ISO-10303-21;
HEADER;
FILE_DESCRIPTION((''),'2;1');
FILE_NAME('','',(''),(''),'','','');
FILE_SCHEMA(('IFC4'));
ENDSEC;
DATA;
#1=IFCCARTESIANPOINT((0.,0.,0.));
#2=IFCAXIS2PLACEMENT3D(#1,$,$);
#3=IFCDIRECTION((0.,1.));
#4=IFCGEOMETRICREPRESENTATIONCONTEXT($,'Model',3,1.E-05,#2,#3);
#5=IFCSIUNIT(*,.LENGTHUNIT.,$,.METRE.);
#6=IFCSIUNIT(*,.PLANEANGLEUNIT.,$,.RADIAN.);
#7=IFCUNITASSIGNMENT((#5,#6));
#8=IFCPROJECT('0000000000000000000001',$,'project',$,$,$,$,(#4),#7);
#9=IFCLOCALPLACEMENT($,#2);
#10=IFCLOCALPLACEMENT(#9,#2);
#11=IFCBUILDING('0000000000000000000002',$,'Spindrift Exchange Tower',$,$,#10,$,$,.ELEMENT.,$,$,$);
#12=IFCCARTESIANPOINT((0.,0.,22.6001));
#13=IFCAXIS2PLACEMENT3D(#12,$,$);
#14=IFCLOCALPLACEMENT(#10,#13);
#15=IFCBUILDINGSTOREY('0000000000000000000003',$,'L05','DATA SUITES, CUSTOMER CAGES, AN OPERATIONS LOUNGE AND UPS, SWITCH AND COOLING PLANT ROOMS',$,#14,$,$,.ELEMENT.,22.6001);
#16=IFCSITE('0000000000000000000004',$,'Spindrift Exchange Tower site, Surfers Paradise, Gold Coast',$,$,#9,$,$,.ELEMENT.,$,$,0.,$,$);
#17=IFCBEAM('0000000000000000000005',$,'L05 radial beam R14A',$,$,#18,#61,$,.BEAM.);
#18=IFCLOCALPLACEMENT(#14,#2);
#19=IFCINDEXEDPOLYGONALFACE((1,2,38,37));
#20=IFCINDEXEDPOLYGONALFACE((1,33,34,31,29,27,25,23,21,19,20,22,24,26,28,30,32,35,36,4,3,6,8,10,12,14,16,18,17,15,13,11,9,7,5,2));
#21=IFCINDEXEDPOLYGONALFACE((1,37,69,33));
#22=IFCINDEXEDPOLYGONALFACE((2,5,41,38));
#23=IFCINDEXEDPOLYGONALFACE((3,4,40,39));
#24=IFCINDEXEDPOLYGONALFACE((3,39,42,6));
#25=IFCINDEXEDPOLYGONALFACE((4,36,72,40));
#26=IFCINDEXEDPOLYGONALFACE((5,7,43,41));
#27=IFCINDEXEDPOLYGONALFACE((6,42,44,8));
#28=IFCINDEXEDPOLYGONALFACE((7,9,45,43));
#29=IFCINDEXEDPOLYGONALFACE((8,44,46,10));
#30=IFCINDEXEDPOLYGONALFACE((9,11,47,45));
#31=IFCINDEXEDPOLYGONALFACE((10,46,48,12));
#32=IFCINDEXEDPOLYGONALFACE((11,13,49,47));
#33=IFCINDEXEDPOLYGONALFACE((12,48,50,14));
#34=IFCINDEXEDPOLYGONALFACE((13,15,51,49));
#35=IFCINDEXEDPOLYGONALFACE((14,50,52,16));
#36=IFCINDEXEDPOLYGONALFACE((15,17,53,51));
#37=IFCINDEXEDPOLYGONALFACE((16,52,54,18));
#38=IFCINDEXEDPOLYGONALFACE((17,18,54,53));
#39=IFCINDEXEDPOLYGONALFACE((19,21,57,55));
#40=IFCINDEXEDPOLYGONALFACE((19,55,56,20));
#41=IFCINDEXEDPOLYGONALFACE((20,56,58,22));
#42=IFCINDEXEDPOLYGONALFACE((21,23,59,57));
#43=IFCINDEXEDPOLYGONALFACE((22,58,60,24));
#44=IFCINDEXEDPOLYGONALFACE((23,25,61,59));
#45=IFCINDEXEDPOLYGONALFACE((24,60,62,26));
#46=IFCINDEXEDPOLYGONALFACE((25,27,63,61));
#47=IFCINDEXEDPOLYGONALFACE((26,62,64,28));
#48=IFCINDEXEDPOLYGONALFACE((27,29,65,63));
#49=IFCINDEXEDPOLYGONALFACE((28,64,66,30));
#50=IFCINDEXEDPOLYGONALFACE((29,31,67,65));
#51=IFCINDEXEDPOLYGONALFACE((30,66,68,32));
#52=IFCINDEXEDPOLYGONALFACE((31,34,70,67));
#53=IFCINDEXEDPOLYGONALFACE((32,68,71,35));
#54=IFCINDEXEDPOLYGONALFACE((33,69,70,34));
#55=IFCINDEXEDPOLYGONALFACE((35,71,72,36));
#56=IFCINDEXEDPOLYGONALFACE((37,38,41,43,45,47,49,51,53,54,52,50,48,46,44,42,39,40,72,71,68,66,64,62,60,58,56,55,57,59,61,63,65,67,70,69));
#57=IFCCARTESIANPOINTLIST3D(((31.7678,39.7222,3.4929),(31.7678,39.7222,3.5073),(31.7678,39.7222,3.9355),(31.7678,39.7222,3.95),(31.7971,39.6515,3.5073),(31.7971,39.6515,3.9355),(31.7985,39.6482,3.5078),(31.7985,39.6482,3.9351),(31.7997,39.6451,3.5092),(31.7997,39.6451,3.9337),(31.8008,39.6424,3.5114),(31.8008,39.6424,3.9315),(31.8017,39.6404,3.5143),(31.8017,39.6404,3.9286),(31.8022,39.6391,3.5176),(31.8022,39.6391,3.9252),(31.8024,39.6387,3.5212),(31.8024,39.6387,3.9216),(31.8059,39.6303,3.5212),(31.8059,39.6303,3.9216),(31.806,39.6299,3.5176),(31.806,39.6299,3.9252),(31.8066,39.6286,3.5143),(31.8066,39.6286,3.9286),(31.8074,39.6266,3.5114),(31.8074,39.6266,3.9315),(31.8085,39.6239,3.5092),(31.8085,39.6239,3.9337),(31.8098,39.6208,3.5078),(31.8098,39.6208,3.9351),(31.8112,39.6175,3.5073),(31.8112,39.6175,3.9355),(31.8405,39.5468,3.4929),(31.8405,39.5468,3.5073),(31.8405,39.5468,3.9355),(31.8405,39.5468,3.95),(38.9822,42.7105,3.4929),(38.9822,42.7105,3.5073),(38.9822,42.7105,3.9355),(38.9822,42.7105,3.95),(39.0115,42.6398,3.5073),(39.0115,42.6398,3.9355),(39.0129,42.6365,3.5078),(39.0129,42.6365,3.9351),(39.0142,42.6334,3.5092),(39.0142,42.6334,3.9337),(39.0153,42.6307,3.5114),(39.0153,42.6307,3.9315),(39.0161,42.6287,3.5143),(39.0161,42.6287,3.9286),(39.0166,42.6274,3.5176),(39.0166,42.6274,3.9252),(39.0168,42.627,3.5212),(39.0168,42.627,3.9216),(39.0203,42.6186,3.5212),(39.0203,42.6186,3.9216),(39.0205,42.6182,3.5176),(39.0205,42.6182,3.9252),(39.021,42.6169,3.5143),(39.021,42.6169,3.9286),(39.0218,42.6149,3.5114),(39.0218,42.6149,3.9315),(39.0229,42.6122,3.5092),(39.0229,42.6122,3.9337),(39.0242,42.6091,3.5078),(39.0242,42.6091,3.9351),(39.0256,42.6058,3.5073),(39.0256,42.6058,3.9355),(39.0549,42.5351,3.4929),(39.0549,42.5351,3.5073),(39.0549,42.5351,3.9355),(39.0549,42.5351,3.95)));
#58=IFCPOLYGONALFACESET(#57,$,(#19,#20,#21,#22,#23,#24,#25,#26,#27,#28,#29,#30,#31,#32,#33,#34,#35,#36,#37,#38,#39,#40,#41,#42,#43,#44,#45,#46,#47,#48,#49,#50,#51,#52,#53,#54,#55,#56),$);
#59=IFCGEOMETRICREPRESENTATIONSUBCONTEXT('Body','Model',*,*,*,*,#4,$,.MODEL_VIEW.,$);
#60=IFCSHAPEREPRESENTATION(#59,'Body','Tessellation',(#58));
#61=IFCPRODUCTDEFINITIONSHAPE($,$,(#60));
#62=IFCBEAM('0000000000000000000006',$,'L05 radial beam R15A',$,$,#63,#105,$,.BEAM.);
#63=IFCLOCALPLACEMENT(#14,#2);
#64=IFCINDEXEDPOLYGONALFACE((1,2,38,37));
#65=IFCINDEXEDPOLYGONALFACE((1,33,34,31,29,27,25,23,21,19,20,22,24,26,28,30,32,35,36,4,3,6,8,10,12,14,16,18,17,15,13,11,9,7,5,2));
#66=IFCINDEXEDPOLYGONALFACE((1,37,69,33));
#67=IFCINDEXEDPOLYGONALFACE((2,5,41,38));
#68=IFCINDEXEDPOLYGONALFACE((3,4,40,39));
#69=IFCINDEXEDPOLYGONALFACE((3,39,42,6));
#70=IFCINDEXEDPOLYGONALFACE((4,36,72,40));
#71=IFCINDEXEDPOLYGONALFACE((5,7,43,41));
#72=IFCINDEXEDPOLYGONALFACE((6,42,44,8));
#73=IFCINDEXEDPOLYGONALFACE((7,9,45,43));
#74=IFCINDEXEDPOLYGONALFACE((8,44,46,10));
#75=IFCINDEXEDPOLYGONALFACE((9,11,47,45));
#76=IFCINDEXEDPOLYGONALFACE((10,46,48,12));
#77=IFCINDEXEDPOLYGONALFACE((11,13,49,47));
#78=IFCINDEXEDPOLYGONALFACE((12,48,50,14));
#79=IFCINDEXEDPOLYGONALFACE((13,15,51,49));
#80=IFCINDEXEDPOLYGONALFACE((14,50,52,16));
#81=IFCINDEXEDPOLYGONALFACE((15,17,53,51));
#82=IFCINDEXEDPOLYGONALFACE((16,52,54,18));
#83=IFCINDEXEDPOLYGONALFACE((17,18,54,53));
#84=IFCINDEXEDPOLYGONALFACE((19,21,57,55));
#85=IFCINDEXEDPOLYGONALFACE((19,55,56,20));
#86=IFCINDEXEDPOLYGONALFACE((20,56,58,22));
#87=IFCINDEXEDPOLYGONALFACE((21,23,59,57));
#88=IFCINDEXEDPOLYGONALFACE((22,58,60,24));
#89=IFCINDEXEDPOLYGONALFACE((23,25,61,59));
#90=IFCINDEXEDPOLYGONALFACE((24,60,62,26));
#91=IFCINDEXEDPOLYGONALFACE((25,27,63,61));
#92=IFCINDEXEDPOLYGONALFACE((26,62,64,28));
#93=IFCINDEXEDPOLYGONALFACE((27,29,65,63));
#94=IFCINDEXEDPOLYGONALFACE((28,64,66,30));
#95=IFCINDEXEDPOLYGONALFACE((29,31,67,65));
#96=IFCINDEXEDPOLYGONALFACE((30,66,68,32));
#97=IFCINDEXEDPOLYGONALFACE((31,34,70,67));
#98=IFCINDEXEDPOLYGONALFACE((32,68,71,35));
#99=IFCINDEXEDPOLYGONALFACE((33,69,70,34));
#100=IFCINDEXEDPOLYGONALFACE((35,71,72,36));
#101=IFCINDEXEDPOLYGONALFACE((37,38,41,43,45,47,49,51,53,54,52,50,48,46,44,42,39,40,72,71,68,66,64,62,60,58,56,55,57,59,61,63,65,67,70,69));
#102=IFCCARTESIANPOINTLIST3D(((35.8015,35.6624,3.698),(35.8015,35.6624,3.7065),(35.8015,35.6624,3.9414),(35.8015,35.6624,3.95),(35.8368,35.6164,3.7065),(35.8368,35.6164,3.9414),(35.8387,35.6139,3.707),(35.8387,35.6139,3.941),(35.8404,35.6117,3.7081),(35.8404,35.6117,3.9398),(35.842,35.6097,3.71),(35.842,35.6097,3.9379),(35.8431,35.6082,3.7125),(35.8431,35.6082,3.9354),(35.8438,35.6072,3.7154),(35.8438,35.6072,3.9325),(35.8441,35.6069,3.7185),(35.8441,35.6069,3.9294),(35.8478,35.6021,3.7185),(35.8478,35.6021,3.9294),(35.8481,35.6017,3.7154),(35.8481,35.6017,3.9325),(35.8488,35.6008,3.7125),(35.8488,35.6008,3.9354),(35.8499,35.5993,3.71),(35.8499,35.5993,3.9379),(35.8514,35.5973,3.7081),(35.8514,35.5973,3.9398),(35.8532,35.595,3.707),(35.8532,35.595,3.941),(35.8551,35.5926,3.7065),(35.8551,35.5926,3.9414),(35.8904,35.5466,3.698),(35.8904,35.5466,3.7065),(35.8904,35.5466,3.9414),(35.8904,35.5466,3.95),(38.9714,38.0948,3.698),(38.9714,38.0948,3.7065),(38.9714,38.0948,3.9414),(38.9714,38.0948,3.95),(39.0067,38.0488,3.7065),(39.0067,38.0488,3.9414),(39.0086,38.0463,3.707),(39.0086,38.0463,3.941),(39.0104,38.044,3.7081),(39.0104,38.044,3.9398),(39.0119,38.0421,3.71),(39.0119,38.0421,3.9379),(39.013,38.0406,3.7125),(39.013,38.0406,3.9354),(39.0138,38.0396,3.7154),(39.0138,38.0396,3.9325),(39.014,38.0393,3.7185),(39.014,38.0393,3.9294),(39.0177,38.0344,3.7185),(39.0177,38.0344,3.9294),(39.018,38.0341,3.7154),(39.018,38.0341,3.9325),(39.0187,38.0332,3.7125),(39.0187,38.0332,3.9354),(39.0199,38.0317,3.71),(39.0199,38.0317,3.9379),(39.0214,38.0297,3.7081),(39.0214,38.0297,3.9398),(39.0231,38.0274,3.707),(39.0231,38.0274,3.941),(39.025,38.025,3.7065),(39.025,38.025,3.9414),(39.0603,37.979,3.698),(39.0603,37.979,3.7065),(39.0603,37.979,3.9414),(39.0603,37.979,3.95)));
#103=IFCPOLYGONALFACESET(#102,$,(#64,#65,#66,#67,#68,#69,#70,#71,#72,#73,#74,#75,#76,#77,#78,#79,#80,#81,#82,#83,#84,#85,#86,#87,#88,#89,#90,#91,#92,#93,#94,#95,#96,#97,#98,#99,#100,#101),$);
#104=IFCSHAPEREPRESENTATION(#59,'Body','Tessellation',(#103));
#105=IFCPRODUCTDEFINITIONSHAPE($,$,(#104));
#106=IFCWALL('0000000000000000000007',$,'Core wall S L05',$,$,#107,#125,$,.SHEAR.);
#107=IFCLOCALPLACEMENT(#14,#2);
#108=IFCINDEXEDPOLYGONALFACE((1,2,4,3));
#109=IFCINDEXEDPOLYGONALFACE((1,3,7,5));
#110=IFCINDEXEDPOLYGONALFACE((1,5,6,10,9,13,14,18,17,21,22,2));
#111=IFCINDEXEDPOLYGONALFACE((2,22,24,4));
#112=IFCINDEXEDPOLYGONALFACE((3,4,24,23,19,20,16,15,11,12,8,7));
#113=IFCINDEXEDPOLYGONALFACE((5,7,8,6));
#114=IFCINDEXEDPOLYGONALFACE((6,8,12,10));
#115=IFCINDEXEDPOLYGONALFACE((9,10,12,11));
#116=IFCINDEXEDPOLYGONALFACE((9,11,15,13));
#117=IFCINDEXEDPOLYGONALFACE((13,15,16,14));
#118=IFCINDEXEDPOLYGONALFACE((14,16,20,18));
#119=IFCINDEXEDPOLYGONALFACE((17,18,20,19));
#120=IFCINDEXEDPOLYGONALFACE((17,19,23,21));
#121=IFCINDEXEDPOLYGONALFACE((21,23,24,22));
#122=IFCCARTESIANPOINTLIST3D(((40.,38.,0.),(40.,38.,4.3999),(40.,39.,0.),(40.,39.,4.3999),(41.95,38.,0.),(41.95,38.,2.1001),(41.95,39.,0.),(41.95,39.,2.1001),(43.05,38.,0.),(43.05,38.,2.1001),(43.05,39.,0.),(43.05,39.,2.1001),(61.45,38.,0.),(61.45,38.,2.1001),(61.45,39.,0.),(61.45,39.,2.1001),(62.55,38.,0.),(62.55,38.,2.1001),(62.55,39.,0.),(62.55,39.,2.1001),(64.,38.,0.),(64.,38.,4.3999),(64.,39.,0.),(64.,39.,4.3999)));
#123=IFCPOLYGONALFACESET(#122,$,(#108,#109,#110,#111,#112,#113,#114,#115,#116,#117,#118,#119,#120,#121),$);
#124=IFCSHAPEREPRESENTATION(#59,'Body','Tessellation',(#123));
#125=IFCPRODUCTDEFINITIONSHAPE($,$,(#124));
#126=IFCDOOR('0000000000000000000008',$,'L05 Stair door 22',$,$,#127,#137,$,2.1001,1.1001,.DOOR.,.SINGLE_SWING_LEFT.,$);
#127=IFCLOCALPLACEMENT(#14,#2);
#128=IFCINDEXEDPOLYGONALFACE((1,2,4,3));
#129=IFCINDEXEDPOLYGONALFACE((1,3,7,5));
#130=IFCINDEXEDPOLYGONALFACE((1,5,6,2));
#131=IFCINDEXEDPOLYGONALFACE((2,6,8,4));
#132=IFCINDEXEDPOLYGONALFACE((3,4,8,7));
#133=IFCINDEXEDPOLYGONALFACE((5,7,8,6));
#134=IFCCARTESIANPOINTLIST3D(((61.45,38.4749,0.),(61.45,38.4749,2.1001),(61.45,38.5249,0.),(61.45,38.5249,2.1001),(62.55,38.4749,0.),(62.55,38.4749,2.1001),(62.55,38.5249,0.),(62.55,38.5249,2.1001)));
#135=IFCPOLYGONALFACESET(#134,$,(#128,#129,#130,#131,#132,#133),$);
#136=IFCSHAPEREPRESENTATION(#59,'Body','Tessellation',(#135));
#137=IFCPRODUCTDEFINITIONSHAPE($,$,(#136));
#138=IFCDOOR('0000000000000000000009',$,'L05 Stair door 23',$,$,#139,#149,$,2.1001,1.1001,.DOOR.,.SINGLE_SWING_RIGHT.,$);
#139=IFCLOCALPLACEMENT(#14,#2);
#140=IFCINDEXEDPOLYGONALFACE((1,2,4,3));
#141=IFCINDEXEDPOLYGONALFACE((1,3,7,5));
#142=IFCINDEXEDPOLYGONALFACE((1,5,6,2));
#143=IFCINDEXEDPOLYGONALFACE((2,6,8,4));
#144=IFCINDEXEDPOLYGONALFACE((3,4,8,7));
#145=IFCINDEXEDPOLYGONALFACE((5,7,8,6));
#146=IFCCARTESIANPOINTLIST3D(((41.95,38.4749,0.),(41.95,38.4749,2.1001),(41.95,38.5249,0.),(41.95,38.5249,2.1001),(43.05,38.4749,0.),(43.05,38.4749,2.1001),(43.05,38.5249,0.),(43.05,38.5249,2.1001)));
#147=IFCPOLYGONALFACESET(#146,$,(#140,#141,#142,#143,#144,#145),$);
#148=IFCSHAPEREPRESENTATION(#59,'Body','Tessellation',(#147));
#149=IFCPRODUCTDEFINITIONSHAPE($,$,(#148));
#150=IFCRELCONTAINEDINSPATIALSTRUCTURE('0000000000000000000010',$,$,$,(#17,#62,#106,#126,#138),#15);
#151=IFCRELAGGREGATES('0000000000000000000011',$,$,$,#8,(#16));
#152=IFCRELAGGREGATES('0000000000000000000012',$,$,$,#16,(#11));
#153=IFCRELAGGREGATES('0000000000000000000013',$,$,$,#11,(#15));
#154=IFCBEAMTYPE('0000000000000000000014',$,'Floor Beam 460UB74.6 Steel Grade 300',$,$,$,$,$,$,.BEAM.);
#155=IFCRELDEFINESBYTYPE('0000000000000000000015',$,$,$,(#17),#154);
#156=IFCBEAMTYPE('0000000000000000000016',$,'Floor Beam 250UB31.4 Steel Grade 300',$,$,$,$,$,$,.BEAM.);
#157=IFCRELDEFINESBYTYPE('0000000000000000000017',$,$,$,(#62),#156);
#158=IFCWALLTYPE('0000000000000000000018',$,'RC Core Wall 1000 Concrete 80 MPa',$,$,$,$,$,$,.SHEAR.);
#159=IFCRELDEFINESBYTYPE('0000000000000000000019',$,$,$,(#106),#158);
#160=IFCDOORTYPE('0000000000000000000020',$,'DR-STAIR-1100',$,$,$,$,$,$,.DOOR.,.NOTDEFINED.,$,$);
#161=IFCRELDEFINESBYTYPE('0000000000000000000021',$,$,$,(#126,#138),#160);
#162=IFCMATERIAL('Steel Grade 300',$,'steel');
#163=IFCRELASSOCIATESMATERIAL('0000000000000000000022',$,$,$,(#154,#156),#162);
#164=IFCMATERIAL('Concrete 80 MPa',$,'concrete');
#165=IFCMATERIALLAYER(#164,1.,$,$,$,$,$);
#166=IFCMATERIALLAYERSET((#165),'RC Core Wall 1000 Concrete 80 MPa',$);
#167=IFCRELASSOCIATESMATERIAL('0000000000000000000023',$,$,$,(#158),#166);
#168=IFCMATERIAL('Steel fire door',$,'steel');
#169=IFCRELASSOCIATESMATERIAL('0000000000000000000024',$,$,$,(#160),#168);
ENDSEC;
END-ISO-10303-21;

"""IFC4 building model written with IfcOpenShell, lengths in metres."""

from ifc_helpers import new_model, si_unit, direction, frame, frame_2d, origin, origin_2d, place, context, subcontext, project, spatial, rectangle, i_section, extrude, source, transform, mapped, material, layer, layer_set, material_profile, profile_set, type_object, element, fill, save


model = new_model("IFC4")

# Units and contexts
model_context = context("Model", 3, precision=1e-05, world=origin(), true_north=direction((0.0, 1.0)))
body_context = subcontext(model_context, "Body", "Model", "MODEL_VIEW")
ifc_project = project(units=[si_unit("LENGTHUNIT", "METRE"), si_unit("PLANEANGLEUNIT", "RADIAN")], contexts=[model_context])

# Site, building, storey
site_placement = place(None, origin())
site = spatial("IfcSite", under=ifc_project, at=site_placement, Name="Spindrift Exchange Tower site, Surfers Paradise, Gold Coast", CompositionType="ELEMENT", RefElevation=0.0)
building_placement = place(site_placement, origin())
building = spatial("IfcBuilding", under=site, at=building_placement, Name="Spindrift Exchange Tower", CompositionType="ELEMENT")
storey_placement = place(building_placement, frame((0.0, 0.0, 22.6001)))
storey = spatial("IfcBuildingStorey", under=building, at=storey_placement, Name="L05", Description="DATA SUITES, CUSTOMER CAGES, AN OPERATIONS LOUNGE AND UPS, SWITCH AND COOLING PLANT ROOMS", CompositionType="ELEMENT", Elevation=22.6001)

# Beams
ifc_material_1 = material(Name="Steel Grade 300", Category="steel")
ifc_material_profile_1 = material_profile(ifc_material_1, i_section(OverallWidth=0.1899, OverallDepth=0.457, WebThickness=0.009, FlangeThickness=0.0144, FilletRadius=0.0139, at=origin_2d()), Name="460UB74.6")
ifc_profile_set_1 = profile_set([ifc_material_profile_1], Name="Steel Grade 300")
beam_type_1 = type_object("IfcBeamType", Name="Floor Beam 460UB74.6 Steel Grade 300", PredefinedType="BEAM", material=ifc_profile_set_1)
shared_shape_1 = source(origin(), body_context, "Body", "SweptSolid", [
    extrude(i_section(OverallWidth=0.1899, OverallDepth=0.457, WebThickness=0.009, FlangeThickness=0.0144, FilletRadius=0.0139, at=origin_2d()), origin(), (0.0, 0.0, 1.0), 7.8088),
])
beam_1_placement = place(storey_placement, frame((39.0186, 42.6228, 3.7214), z_axis=(-0.92388, -0.382683, 0.0), x_axis=(0.382683, -0.92388, 0.0)))
element("IfcBeam", 1, at=beam_1_placement, inside=storey, type_object=beam_type_1, Name="L05 radial beam R14A", PredefinedType="BEAM", context=body_context, shape_type="MappedRepresentation", body=[
    mapped(shared_shape_1, transform((0.0, 0.0, 0.0), scale=1.0)),
])
ifc_material_profile_2 = material_profile(ifc_material_1, i_section(OverallWidth=0.146, OverallDepth=0.252, WebThickness=0.0061, FlangeThickness=0.0085, FilletRadius=0.012, at=origin_2d()), Name="250UB31.4")
ifc_profile_set_2 = profile_set([ifc_material_profile_2], Name="Steel Grade 300")
beam_type_2 = type_object("IfcBeamType", Name="Floor Beam 250UB31.4 Steel Grade 300", PredefinedType="BEAM", material=ifc_profile_set_2)
shared_shape_2 = source(origin(), body_context, "Body", "SweptSolid", [
    extrude(i_section(OverallWidth=0.146, OverallDepth=0.252, WebThickness=0.0061, FlangeThickness=0.0085, FilletRadius=0.012, at=origin_2d()), origin(), (0.0, 0.0, 1.0), 3.9956),
])
beam_2_placement = place(storey_placement, frame((39.0159, 38.0369, 3.824), z_axis=(-0.793353, -0.608762, 0.0), x_axis=(0.608762, -0.793353, 0.0)))
element("IfcBeam", 2, at=beam_2_placement, inside=storey, type_object=beam_type_2, Name="L05 radial beam R15A", PredefinedType="BEAM", context=body_context, shape_type="MappedRepresentation", body=[
    mapped(shared_shape_2, transform((0.0, 0.0, 0.0), scale=1.0)),
])

# Wall, openings, doors
ifc_material_2 = material(Name="Concrete 80 MPa", Category="concrete")
ifc_layer_1 = layer(ifc_material_2, 1.0)
ifc_layer_set_1 = layer_set([ifc_layer_1], Name="RC Core Wall 1000 Concrete 80 MPa")
wall_type_1 = type_object("IfcWallType", Name="RC Core Wall 1000 Concrete 80 MPa", PredefinedType="SHEAR", material=ifc_layer_set_1)
wall_1_placement = place(storey_placement, frame((40.0, 38.5, 0.0), z_axis=(0.0, 0.0, 1.0), x_axis=(1.0, 0.0, 0.0)))
wall_1 = element("IfcWall", 3, at=wall_1_placement, inside=storey, type_object=wall_type_1, Name="Core wall S L05", PredefinedType="SHEAR", context=body_context, shape_type="SweptSolid", body=[
    extrude(rectangle(XDim=24.0, YDim=1.0, at=frame_2d((12.0, 0.0))), origin(), (0.0, 0.0, 1.0), 4.3999),
])
opening_1_placement = place(wall_1_placement, frame((21.45, 0.0, 0.0)))
opening_1 = element("IfcOpeningElement", 4, at=opening_1_placement, cuts=wall_1, PredefinedType="OPENING", context=body_context, shape_type="SweptSolid", body=[
    extrude(rectangle(XDim=1.1001, YDim=2.1001, at=frame_2d((0.55, 1.05))), frame((0.0, 0.51, 0.0), z_axis=(0.0, -1.0, 0.0), x_axis=(1.0, 0.0, 0.0)), (0.0, 0.0, 1.0), 1.02),
])
opening_2_placement = place(wall_1_placement, frame((1.95, 0.0, 0.0)))
opening_2 = element("IfcOpeningElement", 5, at=opening_2_placement, cuts=wall_1, PredefinedType="OPENING", context=body_context, shape_type="SweptSolid", body=[
    extrude(rectangle(XDim=1.1001, YDim=2.1001, at=frame_2d((0.55, 1.05))), frame((0.0, 0.51, 0.0), z_axis=(0.0, -1.0, 0.0), x_axis=(1.0, 0.0, 0.0)), (0.0, 0.0, 1.0), 1.02),
])
ifc_material_3 = material(Name="Steel fire door", Category="steel")
door_type_1 = type_object("IfcDoorType", Name="DR-STAIR-1100", OperationType="NOTDEFINED", PredefinedType="DOOR", material=ifc_material_3)
shared_shape_3 = source(origin(), body_context, "Body", "SweptSolid", [
    extrude(rectangle(XDim=1.1001, YDim=2.1001, at=frame_2d((0.55, 1.05))), frame((0.0, 0.0249, 0.0), z_axis=(0.0, -1.0, 0.0), x_axis=(1.0, 0.0, 0.0)), (0.0, 0.0, 1.0), 0.05),
])
door_1_placement = place(opening_1_placement, origin())
door_1 = element("IfcDoor", 6, at=door_1_placement, inside=storey, type_object=door_type_1, Name="L05 Stair door 22", OperationType="SINGLE_SWING_LEFT", OverallHeight=2.1001, OverallWidth=1.1001, PredefinedType="DOOR", context=body_context, shape_type="MappedRepresentation", body=[
    mapped(shared_shape_3, transform((0.0, 0.0, 0.0), scale=1.0)),
])
fill(opening_1, door_1)
door_2_placement = place(opening_2_placement, origin())
door_2 = element("IfcDoor", 7, at=door_2_placement, inside=storey, type_object=door_type_1, Name="L05 Stair door 23", OperationType="SINGLE_SWING_RIGHT", OverallHeight=2.1001, OverallWidth=1.1001, PredefinedType="DOOR", context=body_context, shape_type="MappedRepresentation", body=[
    mapped(shared_shape_3, transform((0.0, 0.0, 0.0), scale=1.0)),
])
fill(opening_2, door_2)

save(model, "model.ifc")
